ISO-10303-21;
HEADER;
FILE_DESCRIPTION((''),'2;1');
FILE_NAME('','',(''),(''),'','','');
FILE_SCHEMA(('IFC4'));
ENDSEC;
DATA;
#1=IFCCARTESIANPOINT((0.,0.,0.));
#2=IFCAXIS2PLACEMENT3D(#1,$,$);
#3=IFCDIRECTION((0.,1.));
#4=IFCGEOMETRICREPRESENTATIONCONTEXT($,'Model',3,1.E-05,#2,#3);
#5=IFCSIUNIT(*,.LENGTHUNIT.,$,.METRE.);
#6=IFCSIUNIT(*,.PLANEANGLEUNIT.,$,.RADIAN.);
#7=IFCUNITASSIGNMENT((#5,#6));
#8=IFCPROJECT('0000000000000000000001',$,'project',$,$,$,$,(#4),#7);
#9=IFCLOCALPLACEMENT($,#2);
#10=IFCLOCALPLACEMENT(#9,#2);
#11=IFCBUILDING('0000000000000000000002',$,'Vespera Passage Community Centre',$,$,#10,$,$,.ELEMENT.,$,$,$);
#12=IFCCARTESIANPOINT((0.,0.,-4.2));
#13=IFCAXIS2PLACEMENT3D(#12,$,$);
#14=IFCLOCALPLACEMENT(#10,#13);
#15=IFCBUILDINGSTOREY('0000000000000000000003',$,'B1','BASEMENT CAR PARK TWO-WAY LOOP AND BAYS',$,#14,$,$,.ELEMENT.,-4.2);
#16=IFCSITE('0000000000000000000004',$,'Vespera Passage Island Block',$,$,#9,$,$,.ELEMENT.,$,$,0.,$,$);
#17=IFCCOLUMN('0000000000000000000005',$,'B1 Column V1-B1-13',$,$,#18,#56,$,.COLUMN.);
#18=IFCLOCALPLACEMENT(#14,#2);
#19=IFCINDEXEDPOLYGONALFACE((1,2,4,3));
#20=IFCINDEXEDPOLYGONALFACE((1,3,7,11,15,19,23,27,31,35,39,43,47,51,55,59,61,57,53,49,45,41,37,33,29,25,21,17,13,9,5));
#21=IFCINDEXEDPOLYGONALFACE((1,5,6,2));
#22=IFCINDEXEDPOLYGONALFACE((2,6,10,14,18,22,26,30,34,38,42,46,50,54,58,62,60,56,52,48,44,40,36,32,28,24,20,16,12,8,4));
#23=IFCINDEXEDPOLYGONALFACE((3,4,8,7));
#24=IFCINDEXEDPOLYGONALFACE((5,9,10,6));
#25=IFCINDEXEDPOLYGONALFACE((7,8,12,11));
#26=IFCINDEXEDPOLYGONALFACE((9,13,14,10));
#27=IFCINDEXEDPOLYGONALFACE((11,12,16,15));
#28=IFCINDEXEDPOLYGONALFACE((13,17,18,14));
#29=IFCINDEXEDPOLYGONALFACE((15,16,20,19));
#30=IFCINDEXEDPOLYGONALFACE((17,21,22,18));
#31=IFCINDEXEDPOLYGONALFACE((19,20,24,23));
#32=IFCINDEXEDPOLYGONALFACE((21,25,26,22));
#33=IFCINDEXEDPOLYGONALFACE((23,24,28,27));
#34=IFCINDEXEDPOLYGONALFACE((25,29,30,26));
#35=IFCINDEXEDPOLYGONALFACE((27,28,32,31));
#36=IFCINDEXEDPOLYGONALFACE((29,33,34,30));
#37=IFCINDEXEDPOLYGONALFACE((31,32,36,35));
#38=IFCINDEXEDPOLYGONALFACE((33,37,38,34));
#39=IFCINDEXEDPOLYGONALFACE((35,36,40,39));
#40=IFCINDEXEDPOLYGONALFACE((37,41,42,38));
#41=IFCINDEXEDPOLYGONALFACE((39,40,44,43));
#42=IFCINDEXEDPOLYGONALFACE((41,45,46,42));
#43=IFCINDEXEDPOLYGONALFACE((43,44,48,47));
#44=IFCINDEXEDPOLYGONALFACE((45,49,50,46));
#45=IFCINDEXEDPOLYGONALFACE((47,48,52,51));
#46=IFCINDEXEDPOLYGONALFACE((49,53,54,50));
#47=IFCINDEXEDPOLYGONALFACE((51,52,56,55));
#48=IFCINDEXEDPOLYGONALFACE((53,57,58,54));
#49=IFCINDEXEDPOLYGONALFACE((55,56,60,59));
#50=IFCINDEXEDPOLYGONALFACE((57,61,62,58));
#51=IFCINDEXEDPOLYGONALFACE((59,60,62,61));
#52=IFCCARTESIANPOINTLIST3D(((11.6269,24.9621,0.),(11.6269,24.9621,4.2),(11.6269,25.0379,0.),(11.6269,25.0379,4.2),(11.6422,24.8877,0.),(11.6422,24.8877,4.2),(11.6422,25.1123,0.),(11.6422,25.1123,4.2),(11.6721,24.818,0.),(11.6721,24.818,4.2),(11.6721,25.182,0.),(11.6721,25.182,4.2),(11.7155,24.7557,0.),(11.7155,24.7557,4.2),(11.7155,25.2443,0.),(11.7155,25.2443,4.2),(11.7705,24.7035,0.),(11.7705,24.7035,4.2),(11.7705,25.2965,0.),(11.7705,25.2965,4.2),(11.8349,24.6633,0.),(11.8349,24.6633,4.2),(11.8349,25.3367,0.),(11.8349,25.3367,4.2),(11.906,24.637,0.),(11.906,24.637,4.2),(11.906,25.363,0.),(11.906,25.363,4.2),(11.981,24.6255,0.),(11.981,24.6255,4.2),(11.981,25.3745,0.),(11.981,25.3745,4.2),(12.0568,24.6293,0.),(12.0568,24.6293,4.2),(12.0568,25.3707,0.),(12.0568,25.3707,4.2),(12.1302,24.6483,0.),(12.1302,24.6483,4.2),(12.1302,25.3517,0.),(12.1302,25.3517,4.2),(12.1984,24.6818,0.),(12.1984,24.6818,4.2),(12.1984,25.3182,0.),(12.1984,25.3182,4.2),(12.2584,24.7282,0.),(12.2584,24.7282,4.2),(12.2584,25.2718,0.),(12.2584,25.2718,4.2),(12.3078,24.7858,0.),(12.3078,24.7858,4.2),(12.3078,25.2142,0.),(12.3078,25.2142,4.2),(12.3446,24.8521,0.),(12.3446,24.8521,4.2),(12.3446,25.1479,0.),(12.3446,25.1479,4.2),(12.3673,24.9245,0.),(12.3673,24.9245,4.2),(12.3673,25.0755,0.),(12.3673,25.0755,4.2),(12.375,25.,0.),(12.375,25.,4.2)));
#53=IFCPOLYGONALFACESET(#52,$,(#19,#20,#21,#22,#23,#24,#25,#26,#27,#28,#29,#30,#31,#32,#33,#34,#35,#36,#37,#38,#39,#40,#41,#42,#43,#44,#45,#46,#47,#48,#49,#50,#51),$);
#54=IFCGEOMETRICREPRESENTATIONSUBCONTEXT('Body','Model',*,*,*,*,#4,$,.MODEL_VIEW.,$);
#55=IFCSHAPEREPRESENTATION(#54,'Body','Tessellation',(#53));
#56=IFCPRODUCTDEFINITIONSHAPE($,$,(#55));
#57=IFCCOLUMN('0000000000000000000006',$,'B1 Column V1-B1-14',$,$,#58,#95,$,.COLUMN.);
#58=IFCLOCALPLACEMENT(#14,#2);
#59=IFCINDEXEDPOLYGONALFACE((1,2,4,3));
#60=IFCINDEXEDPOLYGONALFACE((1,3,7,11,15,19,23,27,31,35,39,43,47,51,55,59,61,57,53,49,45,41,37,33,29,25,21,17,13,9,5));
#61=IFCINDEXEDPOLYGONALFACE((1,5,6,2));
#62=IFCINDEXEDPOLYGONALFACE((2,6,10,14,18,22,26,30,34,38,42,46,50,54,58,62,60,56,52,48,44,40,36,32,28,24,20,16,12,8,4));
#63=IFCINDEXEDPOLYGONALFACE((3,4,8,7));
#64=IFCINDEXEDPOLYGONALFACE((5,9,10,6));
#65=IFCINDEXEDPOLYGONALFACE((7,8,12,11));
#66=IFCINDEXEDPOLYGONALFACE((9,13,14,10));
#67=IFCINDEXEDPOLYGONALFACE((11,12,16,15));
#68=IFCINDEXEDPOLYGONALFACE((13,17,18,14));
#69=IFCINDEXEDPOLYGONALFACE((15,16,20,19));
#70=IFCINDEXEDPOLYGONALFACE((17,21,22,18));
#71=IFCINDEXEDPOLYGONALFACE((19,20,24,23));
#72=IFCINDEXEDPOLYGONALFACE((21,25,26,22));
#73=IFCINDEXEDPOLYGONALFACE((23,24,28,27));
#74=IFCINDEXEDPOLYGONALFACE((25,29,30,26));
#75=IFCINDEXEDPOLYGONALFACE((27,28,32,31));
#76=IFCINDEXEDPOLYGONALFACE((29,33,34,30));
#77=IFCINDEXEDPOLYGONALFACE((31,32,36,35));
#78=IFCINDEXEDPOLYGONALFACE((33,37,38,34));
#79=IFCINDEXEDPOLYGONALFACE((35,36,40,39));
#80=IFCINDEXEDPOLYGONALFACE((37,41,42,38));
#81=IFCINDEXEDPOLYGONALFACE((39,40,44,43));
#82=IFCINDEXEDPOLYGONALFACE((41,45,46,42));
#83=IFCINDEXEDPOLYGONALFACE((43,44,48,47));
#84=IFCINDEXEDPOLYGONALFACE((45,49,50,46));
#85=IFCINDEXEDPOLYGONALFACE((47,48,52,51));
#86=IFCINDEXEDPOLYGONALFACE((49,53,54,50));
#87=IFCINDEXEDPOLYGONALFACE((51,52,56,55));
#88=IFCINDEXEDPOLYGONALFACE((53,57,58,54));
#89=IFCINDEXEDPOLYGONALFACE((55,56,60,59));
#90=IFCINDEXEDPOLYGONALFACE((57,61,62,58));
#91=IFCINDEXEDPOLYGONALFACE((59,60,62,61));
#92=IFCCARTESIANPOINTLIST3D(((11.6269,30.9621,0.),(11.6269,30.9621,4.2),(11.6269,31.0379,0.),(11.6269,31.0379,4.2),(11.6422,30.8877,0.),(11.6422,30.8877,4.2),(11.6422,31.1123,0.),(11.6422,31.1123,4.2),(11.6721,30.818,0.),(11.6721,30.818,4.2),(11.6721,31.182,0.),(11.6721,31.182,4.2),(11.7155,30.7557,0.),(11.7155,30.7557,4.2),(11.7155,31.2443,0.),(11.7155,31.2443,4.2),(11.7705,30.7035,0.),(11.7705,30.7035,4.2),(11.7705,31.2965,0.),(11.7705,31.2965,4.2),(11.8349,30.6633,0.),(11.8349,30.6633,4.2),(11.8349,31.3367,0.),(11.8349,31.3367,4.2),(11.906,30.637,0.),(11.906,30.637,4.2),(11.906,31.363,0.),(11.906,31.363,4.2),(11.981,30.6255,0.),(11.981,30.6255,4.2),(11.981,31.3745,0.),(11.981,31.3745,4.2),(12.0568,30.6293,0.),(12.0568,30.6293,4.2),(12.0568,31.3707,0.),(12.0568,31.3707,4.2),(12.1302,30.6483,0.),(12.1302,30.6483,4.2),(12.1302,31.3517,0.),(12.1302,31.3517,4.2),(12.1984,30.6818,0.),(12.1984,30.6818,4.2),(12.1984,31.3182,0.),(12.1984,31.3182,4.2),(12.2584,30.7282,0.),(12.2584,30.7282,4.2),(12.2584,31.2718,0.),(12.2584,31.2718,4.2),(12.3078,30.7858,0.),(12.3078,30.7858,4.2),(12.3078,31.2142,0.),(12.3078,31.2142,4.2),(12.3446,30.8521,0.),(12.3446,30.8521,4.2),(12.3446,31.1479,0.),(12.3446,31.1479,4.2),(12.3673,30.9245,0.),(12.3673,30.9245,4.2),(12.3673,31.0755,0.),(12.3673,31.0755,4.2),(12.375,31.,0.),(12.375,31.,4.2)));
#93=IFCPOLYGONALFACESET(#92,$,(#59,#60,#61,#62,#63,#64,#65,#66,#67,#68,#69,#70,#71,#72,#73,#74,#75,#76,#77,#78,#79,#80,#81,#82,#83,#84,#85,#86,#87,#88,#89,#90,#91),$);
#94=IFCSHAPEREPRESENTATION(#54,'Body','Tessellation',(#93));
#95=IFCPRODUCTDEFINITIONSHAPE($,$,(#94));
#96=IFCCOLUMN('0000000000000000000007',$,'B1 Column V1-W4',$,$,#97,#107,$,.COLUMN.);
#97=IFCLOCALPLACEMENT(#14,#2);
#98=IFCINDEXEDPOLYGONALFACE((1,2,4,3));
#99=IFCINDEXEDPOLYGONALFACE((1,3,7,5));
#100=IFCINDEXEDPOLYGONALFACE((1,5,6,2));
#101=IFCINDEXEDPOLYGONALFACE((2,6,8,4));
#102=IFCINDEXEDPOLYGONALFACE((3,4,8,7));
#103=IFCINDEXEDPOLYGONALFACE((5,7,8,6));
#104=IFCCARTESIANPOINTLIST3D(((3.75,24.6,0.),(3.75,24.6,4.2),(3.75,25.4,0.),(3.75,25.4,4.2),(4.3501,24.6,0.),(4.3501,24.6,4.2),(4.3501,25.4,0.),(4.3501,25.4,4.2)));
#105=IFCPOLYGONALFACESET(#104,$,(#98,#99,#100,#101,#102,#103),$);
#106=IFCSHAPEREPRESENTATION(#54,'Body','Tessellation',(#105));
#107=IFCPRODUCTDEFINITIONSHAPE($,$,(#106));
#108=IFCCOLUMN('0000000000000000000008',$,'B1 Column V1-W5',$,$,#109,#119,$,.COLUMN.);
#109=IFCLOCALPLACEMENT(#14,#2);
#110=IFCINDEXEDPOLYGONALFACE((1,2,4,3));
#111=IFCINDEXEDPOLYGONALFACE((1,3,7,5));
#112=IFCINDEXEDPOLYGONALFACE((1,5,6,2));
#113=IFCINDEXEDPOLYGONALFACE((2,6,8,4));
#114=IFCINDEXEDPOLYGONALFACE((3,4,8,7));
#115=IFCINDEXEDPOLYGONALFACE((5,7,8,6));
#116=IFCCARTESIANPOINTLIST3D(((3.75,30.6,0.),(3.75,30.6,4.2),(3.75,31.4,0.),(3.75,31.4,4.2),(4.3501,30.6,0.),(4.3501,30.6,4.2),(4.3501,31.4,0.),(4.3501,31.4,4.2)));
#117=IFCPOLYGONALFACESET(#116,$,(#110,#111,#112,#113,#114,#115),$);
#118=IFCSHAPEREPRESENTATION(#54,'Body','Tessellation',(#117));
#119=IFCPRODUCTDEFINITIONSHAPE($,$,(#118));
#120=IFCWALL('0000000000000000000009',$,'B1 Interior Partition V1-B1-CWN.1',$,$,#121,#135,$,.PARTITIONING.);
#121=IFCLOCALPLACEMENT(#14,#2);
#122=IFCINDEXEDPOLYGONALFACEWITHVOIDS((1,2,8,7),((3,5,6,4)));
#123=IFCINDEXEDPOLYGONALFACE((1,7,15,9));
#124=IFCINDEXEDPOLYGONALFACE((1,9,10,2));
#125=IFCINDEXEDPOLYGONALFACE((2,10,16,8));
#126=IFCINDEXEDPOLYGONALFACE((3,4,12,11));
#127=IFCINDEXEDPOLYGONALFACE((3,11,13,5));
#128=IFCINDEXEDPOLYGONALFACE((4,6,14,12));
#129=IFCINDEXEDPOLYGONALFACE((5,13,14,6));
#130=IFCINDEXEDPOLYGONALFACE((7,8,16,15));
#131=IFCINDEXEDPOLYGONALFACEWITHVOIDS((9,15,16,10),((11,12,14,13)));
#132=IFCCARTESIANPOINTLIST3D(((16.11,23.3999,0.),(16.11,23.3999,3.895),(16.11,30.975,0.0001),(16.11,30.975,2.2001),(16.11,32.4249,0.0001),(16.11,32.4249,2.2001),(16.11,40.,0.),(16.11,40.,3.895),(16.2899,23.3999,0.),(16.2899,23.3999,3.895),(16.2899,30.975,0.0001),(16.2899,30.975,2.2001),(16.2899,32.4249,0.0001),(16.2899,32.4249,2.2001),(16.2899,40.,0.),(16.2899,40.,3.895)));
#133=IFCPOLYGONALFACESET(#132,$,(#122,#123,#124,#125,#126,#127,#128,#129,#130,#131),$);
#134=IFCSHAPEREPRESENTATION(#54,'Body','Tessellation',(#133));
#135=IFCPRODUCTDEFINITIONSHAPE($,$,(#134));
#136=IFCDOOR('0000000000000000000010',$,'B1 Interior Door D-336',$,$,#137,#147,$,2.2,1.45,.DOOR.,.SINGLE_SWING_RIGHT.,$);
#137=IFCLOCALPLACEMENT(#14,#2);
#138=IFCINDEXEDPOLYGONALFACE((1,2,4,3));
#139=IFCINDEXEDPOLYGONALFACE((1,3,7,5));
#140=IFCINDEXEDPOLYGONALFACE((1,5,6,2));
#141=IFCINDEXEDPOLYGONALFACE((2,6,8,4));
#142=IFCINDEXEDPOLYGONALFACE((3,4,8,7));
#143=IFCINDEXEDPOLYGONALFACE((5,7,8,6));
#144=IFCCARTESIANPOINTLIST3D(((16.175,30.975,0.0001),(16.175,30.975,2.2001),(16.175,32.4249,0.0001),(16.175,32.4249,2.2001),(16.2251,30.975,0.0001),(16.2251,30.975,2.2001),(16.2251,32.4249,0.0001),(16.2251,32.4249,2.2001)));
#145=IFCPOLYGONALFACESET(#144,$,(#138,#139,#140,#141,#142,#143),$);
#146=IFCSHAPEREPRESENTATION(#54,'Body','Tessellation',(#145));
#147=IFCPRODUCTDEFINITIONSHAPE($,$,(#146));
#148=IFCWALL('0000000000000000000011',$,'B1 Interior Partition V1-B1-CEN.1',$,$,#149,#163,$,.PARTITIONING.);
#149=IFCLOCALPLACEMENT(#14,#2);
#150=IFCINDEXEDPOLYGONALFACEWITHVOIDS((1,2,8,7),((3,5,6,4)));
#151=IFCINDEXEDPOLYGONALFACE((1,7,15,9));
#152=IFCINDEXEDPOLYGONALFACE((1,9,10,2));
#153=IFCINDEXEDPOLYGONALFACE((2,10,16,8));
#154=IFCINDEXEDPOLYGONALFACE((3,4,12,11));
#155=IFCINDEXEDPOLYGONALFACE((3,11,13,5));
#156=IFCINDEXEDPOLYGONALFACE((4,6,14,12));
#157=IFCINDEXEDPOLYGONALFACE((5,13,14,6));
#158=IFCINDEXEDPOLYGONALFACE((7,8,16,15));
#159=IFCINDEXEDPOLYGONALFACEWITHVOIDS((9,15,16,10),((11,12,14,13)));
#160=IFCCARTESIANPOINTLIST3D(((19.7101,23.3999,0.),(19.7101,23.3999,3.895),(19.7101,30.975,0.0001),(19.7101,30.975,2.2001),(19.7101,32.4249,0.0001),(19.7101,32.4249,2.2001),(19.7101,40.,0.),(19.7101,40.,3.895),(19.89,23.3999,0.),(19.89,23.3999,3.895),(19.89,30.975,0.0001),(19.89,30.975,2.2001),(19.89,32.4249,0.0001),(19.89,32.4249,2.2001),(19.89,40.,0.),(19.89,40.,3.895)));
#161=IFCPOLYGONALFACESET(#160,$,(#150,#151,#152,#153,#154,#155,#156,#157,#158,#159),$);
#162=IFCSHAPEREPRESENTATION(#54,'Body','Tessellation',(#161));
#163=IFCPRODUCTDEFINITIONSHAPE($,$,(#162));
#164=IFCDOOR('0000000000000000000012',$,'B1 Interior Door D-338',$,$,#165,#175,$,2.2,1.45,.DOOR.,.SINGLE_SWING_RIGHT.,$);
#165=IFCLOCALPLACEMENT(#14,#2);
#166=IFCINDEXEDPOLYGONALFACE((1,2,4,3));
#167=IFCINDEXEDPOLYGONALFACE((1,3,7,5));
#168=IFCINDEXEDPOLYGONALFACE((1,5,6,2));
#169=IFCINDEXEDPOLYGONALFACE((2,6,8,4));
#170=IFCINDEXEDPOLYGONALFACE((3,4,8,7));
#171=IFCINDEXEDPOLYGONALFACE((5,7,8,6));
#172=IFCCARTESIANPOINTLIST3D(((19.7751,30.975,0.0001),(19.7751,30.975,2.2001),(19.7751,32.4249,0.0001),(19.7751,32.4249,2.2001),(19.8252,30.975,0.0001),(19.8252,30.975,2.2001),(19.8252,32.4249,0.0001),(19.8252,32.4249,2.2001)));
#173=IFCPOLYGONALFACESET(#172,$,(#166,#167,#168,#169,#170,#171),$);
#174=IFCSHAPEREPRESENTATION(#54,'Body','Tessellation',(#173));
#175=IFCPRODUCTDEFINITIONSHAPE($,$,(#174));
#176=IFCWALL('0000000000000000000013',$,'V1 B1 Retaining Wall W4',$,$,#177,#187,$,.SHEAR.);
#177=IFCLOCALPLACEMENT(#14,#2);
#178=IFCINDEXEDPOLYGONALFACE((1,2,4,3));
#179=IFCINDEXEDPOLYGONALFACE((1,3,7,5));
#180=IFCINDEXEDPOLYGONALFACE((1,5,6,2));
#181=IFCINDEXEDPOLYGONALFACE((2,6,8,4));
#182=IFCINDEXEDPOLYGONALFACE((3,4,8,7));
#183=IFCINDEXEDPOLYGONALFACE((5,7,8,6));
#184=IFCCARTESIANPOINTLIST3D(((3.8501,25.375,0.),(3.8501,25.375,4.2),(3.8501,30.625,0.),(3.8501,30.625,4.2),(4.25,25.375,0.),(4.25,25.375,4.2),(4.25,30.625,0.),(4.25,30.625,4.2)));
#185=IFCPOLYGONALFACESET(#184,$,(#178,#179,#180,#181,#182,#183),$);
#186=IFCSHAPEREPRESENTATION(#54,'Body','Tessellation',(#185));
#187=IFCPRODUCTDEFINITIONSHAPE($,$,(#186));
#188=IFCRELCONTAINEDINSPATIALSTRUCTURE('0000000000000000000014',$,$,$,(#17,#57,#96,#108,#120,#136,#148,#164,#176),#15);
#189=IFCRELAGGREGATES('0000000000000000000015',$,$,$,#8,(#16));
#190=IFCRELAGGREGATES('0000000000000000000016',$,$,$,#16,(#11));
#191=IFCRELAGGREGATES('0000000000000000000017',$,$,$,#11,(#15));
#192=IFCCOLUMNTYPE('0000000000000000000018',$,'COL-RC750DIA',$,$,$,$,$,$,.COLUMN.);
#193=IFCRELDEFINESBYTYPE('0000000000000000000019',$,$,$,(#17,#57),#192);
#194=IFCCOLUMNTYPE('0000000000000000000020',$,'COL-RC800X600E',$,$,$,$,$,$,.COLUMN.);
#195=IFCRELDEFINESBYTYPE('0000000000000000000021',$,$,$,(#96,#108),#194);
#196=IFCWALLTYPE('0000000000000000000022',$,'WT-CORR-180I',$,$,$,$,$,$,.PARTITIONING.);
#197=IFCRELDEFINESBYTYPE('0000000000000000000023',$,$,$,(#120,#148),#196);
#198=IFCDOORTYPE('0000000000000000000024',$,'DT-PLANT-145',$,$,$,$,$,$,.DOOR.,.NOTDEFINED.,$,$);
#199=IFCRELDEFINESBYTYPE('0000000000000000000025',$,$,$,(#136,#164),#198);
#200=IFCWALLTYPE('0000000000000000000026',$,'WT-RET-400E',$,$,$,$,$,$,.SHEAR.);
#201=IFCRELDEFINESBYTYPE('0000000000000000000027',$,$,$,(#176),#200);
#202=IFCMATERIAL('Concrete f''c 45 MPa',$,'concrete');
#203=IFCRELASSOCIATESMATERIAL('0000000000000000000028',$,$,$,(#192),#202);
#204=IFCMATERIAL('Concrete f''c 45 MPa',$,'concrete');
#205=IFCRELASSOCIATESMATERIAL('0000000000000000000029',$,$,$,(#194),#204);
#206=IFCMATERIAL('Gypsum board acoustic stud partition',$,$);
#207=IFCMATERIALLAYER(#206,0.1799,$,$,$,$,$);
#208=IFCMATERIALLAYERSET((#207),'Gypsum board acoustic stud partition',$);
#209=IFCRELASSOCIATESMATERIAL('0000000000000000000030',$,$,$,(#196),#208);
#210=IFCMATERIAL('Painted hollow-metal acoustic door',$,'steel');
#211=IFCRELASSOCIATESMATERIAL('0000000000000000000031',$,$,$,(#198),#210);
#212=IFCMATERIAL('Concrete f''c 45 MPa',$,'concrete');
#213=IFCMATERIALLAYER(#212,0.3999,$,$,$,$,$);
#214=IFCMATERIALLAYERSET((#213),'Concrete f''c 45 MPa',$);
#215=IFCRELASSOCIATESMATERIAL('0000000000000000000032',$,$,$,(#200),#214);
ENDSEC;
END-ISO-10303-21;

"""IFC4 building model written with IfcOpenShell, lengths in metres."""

from ifc_helpers import new_model, si_unit, direction, frame, frame_2d, origin, origin_2d, place, context, subcontext, project, spatial, rectangle, circle, extrude, material, layer, layer_set, material_profile, profile_set, type_object, element, fill, save


model = new_model("IFC4")

# Units and contexts
model_context = context("Model", 3, precision=1e-05, world=origin(), true_north=direction((0.0, 1.0)))
body_context = subcontext(model_context, "Body", "Model", "MODEL_VIEW")
ifc_project = project(units=[si_unit("LENGTHUNIT", "METRE"), si_unit("PLANEANGLEUNIT", "RADIAN")], contexts=[model_context])

# Site, building, storey
site_placement = place(None, origin())
site = spatial("IfcSite", under=ifc_project, at=site_placement, Name="Vespera Passage Island Block", CompositionType="ELEMENT", RefElevation=0.0)
building_placement = place(site_placement, origin())
building = spatial("IfcBuilding", under=site, at=building_placement, Name="Vespera Passage Community Centre", CompositionType="ELEMENT")
storey_placement = place(building_placement, frame((0.0, 0.0, -4.2)))
storey = spatial("IfcBuildingStorey", under=building, at=storey_placement, Name="B1", Description="BASEMENT CAR PARK TWO-WAY LOOP AND BAYS", CompositionType="ELEMENT", Elevation=-4.2)

# Columns
ifc_material_1 = material(Name="Concrete f'c 45 MPa", Category="concrete")
ifc_material_profile_1 = material_profile(ifc_material_1, circle(Radius=0.375, at=origin_2d()), Name="RC750DIA")
ifc_profile_set_1 = profile_set([ifc_material_profile_1], Name="Concrete f'c 45 MPa")
column_type_1 = type_object("IfcColumnType", Name="COL-RC750DIA", PredefinedType="COLUMN", material=ifc_profile_set_1)
for number, where, z_axis, x_axis, name in (
    (1, (12.0, 25.0, 0.0), (0.0, 0.0, 1.0), (1.0, 0.0, 0.0), "B1 Column V1-B1-13"),
    (2, (12.0, 31.0, 0.0), (0.0, 0.0, 1.0), (1.0, 0.0, 0.0), "B1 Column V1-B1-14"),
):
    element("IfcColumn", number, at=place(storey_placement, frame(where, z_axis=z_axis, x_axis=x_axis)), inside=storey, type_object=column_type_1, Name=name, PredefinedType="COLUMN", context=body_context, shape_type="SweptSolid", body=[
        extrude(circle(Radius=0.375, at=origin_2d()), origin(), (0.0, 0.0, 1.0), 4.2),
    ])
ifc_material_2 = material(Name="Concrete f'c 45 MPa", Category="concrete")
ifc_material_profile_2 = material_profile(ifc_material_2, rectangle(XDim=0.6001, YDim=0.8, at=origin_2d()), Name="RC800X600")
ifc_profile_set_2 = profile_set([ifc_material_profile_2], Name="Concrete f'c 45 MPa")
column_type_2 = type_object("IfcColumnType", Name="COL-RC800X600E", PredefinedType="COLUMN", material=ifc_profile_set_2)
for number, where, z_axis, x_axis, name in (
    (3, (4.05, 25.0, 0.0), (0.0, 0.0, 1.0), (1.0, 0.0, 0.0), "B1 Column V1-W4"),
    (4, (4.05, 31.0, 0.0), (0.0, 0.0, 1.0), (1.0, 0.0, 0.0), "B1 Column V1-W5"),
):
    element("IfcColumn", number, at=place(storey_placement, frame(where, z_axis=z_axis, x_axis=x_axis)), inside=storey, type_object=column_type_2, Name=name, PredefinedType="COLUMN", context=body_context, shape_type="SweptSolid", body=[
        extrude(rectangle(XDim=0.6001, YDim=0.8, at=origin_2d()), origin(), (0.0, 0.0, 1.0), 4.2),
    ])

# Walls, openings, doors
ifc_material_3 = material(Name="Gypsum board acoustic stud partition")
ifc_layer_1 = layer(ifc_material_3, 0.1799)
ifc_layer_set_1 = layer_set([ifc_layer_1], Name="Gypsum board acoustic stud partition")
wall_type_1 = type_object("IfcWallType", Name="WT-CORR-180I", PredefinedType="PARTITIONING", material=ifc_layer_set_1)
wall_1_placement = place(storey_placement, frame((16.2, 23.3999, 0.0), z_axis=(0.0, 0.0, 1.0), x_axis=(0.0, 1.0, 0.0)))
wall_1 = element("IfcWall", 5, at=wall_1_placement, inside=storey, type_object=wall_type_1, Name="B1 Interior Partition V1-B1-CWN.1", PredefinedType="PARTITIONING", context=body_context, shape_type="SweptSolid", body=[
    extrude(rectangle(XDim=16.6001, YDim=0.1799, at=frame_2d((8.3, 0.0))), origin(), (0.0, 0.0, 1.0), 3.895),
])
opening_1_placement = place(wall_1_placement, frame((7.575, 0.0, 0.0)))
opening_1 = element("IfcOpeningElement", 6, at=opening_1_placement, cuts=wall_1, PredefinedType="OPENING", context=body_context, shape_type="SweptSolid", body=[
    extrude(rectangle(XDim=1.45, YDim=2.2, at=frame_2d((0.7251, 1.1001))), frame((0.0, 0.0999, 0.0), z_axis=(0.0, -1.0, 0.0), x_axis=(1.0, 0.0, 0.0)), (0.0, 0.0, 1.0), 0.2),
])
ifc_material_4 = material(Name="Painted hollow-metal acoustic door", Category="steel")
door_type = type_object("IfcDoorType", Name="DT-PLANT-145", OperationType="NOTDEFINED", PredefinedType="DOOR", material=ifc_material_4)
door_1_placement = place(opening_1_placement, origin())
door_1 = element("IfcDoor", 7, at=door_1_placement, inside=storey, type_object=door_type, Name="B1 Interior Door D-336", OperationType="SINGLE_SWING_RIGHT", OverallHeight=2.2, OverallWidth=1.45, PredefinedType="DOOR", context=body_context, shape_type="SweptSolid", body=[
    extrude(rectangle(XDim=1.45, YDim=2.2, at=frame_2d((0.7251, 1.1001))), frame((0.0, 0.0249, 0.0), z_axis=(0.0, -1.0, 0.0), x_axis=(1.0, 0.0, 0.0)), (0.0, 0.0, 1.0), 0.05),
])
fill(opening_1, door_1)
wall_2_placement = place(storey_placement, frame((19.8, 23.3999, 0.0), z_axis=(0.0, 0.0, 1.0), x_axis=(0.0, 1.0, 0.0)))
wall_2 = element("IfcWall", 8, at=wall_2_placement, inside=storey, type_object=wall_type_1, Name="B1 Interior Partition V1-B1-CEN.1", PredefinedType="PARTITIONING", context=body_context, shape_type="SweptSolid", body=[
    extrude(rectangle(XDim=16.6001, YDim=0.1799, at=frame_2d((8.3, 0.0))), origin(), (0.0, 0.0, 1.0), 3.895),
])
opening_2_placement = place(wall_2_placement, frame((7.575, 0.0, 0.0)))
opening_2 = element("IfcOpeningElement", 9, at=opening_2_placement, cuts=wall_2, PredefinedType="OPENING", context=body_context, shape_type="SweptSolid", body=[
    extrude(rectangle(XDim=1.45, YDim=2.2, at=frame_2d((0.7251, 1.1001))), frame((0.0, 0.0999, 0.0), z_axis=(0.0, -1.0, 0.0), x_axis=(1.0, 0.0, 0.0)), (0.0, 0.0, 1.0), 0.2),
])
door_2_placement = place(opening_2_placement, origin())
door_2 = element("IfcDoor", 10, at=door_2_placement, inside=storey, type_object=door_type, Name="B1 Interior Door D-338", OperationType="SINGLE_SWING_RIGHT", OverallHeight=2.2, OverallWidth=1.45, PredefinedType="DOOR", context=body_context, shape_type="SweptSolid", body=[
    extrude(rectangle(XDim=1.45, YDim=2.2, at=frame_2d((0.7251, 1.1001))), frame((0.0, 0.0249, 0.0), z_axis=(0.0, -1.0, 0.0), x_axis=(1.0, 0.0, 0.0)), (0.0, 0.0, 1.0), 0.05),
])
fill(opening_2, door_2)

# Wall
ifc_material_5 = material(Name="Concrete f'c 45 MPa", Category="concrete")
ifc_layer_2 = layer(ifc_material_5, 0.3999)
ifc_layer_set_2 = layer_set([ifc_layer_2], Name="Concrete f'c 45 MPa")
wall_type_2 = type_object("IfcWallType", Name="WT-RET-400E", PredefinedType="SHEAR", material=ifc_layer_set_2)
wall_3_placement = place(storey_placement, frame((4.05, 25.375, 0.0), z_axis=(0.0, 0.0, 1.0), x_axis=(0.0, 1.0, 0.0)))
element("IfcWall", 11, at=wall_3_placement, inside=storey, type_object=wall_type_2, Name="V1 B1 Retaining Wall W4", PredefinedType="SHEAR", context=body_context, shape_type="SweptSolid", body=[
    extrude(rectangle(XDim=5.25, YDim=0.3999, at=frame_2d((2.625, 0.0))), origin(), (0.0, 0.0, 1.0), 4.2),
])

save(model, "model.ifc")
